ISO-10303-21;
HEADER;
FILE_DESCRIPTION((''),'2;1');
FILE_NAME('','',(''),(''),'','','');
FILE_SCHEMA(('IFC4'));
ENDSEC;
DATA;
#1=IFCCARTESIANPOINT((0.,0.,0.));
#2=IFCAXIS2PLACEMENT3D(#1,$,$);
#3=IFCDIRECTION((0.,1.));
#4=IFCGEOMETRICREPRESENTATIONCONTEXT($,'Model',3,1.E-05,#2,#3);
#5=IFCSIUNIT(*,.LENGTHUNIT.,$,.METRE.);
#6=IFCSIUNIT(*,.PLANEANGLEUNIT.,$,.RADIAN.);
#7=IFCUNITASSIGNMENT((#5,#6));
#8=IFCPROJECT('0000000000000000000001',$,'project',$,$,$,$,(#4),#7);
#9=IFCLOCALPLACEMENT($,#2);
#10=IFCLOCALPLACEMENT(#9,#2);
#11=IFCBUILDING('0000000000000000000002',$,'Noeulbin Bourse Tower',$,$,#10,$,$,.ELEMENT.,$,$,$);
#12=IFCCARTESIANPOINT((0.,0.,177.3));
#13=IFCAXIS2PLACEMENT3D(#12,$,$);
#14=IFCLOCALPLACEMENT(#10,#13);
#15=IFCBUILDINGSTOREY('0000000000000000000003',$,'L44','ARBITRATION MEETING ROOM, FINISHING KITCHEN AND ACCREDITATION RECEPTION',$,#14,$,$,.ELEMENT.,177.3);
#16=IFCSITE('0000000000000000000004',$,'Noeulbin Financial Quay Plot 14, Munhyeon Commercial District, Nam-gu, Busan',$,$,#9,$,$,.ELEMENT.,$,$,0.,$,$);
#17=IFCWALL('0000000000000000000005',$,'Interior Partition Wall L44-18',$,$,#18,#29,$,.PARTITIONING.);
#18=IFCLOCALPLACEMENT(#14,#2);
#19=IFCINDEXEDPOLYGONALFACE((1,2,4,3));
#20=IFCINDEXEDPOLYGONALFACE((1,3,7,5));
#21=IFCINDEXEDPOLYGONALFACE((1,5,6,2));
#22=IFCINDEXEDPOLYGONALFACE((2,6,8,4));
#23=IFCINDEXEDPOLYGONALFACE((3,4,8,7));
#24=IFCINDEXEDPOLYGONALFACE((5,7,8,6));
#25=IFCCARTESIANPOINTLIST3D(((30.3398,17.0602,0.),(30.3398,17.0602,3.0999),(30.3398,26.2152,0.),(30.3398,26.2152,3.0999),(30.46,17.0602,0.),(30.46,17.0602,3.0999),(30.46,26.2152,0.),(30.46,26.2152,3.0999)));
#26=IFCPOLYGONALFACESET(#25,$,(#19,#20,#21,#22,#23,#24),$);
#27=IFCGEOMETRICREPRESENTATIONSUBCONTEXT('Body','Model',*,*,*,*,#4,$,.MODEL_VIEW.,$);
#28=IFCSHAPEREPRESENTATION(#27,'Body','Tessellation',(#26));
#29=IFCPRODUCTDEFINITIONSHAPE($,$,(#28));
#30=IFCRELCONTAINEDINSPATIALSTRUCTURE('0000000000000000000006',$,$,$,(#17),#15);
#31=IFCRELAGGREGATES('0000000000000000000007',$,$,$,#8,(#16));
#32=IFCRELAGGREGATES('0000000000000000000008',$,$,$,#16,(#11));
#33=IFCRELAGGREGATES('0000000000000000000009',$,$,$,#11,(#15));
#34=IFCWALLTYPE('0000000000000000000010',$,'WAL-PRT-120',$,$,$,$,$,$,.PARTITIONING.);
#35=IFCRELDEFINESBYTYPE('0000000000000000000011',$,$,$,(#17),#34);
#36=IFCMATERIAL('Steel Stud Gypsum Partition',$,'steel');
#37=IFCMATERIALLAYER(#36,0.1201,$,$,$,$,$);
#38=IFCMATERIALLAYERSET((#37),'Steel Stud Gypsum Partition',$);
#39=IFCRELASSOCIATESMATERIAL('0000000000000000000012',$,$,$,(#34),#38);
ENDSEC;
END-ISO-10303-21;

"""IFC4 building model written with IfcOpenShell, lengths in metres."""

from ifc_helpers import new_model, si_unit, direction, frame, frame_2d, origin, place, context, subcontext, project, spatial, rectangle, extrude, material, layer, layer_set, type_object, element, save


model = new_model("IFC4")

# Units and contexts
model_context = context("Model", 3, precision=1e-05, world=origin(), true_north=direction((0.0, 1.0)))
body_context = subcontext(model_context, "Body", "Model", "MODEL_VIEW")
ifc_project = project(units=[si_unit("LENGTHUNIT", "METRE"), si_unit("PLANEANGLEUNIT", "RADIAN")], contexts=[model_context])

# Site, building, storey
site_placement = place(None, origin())
site = spatial("IfcSite", under=ifc_project, at=site_placement, Name="Noeulbin Financial Quay Plot 14, Munhyeon Commercial District, Nam-gu, Busan", CompositionType="ELEMENT", RefElevation=0.0)
building_placement = place(site_placement, origin())
building = spatial("IfcBuilding", under=site, at=building_placement, Name="Noeulbin Bourse Tower", CompositionType="ELEMENT")
storey_placement = place(building_placement, frame((0.0, 0.0, 177.3)))
storey = spatial("IfcBuildingStorey", under=building, at=storey_placement, Name="L44", Description="ARBITRATION MEETING ROOM, FINISHING KITCHEN AND ACCREDITATION RECEPTION", CompositionType="ELEMENT", Elevation=177.3)

# Wall
ifc_material_1 = material(Name="Steel Stud Gypsum Partition", Category="steel")
ifc_layer_1 = layer(ifc_material_1, 0.1201)
ifc_layer_set_1 = layer_set([ifc_layer_1], Name="Steel Stud Gypsum Partition")
wall_type_1 = type_object("IfcWallType", Name="WAL-PRT-120", PredefinedType="PARTITIONING", material=ifc_layer_set_1)
wall_placement = place(storey_placement, frame((30.3999, 17.0601, 0.0), z_axis=(0.0, 0.0, 1.0), x_axis=(0.0, 1.0, 0.0)))
element("IfcWall", 1, at=wall_placement, inside=storey, type_object=wall_type_1, Name="Interior Partition Wall L44-18", PredefinedType="PARTITIONING", context=body_context, shape_type="SweptSolid", body=[
    extrude(rectangle(XDim=9.155, YDim=0.1201, at=frame_2d((4.5776, 0.0))), origin(), (0.0, 0.0, 1.0), 3.0999),
])

save(model, "model.ifc")
